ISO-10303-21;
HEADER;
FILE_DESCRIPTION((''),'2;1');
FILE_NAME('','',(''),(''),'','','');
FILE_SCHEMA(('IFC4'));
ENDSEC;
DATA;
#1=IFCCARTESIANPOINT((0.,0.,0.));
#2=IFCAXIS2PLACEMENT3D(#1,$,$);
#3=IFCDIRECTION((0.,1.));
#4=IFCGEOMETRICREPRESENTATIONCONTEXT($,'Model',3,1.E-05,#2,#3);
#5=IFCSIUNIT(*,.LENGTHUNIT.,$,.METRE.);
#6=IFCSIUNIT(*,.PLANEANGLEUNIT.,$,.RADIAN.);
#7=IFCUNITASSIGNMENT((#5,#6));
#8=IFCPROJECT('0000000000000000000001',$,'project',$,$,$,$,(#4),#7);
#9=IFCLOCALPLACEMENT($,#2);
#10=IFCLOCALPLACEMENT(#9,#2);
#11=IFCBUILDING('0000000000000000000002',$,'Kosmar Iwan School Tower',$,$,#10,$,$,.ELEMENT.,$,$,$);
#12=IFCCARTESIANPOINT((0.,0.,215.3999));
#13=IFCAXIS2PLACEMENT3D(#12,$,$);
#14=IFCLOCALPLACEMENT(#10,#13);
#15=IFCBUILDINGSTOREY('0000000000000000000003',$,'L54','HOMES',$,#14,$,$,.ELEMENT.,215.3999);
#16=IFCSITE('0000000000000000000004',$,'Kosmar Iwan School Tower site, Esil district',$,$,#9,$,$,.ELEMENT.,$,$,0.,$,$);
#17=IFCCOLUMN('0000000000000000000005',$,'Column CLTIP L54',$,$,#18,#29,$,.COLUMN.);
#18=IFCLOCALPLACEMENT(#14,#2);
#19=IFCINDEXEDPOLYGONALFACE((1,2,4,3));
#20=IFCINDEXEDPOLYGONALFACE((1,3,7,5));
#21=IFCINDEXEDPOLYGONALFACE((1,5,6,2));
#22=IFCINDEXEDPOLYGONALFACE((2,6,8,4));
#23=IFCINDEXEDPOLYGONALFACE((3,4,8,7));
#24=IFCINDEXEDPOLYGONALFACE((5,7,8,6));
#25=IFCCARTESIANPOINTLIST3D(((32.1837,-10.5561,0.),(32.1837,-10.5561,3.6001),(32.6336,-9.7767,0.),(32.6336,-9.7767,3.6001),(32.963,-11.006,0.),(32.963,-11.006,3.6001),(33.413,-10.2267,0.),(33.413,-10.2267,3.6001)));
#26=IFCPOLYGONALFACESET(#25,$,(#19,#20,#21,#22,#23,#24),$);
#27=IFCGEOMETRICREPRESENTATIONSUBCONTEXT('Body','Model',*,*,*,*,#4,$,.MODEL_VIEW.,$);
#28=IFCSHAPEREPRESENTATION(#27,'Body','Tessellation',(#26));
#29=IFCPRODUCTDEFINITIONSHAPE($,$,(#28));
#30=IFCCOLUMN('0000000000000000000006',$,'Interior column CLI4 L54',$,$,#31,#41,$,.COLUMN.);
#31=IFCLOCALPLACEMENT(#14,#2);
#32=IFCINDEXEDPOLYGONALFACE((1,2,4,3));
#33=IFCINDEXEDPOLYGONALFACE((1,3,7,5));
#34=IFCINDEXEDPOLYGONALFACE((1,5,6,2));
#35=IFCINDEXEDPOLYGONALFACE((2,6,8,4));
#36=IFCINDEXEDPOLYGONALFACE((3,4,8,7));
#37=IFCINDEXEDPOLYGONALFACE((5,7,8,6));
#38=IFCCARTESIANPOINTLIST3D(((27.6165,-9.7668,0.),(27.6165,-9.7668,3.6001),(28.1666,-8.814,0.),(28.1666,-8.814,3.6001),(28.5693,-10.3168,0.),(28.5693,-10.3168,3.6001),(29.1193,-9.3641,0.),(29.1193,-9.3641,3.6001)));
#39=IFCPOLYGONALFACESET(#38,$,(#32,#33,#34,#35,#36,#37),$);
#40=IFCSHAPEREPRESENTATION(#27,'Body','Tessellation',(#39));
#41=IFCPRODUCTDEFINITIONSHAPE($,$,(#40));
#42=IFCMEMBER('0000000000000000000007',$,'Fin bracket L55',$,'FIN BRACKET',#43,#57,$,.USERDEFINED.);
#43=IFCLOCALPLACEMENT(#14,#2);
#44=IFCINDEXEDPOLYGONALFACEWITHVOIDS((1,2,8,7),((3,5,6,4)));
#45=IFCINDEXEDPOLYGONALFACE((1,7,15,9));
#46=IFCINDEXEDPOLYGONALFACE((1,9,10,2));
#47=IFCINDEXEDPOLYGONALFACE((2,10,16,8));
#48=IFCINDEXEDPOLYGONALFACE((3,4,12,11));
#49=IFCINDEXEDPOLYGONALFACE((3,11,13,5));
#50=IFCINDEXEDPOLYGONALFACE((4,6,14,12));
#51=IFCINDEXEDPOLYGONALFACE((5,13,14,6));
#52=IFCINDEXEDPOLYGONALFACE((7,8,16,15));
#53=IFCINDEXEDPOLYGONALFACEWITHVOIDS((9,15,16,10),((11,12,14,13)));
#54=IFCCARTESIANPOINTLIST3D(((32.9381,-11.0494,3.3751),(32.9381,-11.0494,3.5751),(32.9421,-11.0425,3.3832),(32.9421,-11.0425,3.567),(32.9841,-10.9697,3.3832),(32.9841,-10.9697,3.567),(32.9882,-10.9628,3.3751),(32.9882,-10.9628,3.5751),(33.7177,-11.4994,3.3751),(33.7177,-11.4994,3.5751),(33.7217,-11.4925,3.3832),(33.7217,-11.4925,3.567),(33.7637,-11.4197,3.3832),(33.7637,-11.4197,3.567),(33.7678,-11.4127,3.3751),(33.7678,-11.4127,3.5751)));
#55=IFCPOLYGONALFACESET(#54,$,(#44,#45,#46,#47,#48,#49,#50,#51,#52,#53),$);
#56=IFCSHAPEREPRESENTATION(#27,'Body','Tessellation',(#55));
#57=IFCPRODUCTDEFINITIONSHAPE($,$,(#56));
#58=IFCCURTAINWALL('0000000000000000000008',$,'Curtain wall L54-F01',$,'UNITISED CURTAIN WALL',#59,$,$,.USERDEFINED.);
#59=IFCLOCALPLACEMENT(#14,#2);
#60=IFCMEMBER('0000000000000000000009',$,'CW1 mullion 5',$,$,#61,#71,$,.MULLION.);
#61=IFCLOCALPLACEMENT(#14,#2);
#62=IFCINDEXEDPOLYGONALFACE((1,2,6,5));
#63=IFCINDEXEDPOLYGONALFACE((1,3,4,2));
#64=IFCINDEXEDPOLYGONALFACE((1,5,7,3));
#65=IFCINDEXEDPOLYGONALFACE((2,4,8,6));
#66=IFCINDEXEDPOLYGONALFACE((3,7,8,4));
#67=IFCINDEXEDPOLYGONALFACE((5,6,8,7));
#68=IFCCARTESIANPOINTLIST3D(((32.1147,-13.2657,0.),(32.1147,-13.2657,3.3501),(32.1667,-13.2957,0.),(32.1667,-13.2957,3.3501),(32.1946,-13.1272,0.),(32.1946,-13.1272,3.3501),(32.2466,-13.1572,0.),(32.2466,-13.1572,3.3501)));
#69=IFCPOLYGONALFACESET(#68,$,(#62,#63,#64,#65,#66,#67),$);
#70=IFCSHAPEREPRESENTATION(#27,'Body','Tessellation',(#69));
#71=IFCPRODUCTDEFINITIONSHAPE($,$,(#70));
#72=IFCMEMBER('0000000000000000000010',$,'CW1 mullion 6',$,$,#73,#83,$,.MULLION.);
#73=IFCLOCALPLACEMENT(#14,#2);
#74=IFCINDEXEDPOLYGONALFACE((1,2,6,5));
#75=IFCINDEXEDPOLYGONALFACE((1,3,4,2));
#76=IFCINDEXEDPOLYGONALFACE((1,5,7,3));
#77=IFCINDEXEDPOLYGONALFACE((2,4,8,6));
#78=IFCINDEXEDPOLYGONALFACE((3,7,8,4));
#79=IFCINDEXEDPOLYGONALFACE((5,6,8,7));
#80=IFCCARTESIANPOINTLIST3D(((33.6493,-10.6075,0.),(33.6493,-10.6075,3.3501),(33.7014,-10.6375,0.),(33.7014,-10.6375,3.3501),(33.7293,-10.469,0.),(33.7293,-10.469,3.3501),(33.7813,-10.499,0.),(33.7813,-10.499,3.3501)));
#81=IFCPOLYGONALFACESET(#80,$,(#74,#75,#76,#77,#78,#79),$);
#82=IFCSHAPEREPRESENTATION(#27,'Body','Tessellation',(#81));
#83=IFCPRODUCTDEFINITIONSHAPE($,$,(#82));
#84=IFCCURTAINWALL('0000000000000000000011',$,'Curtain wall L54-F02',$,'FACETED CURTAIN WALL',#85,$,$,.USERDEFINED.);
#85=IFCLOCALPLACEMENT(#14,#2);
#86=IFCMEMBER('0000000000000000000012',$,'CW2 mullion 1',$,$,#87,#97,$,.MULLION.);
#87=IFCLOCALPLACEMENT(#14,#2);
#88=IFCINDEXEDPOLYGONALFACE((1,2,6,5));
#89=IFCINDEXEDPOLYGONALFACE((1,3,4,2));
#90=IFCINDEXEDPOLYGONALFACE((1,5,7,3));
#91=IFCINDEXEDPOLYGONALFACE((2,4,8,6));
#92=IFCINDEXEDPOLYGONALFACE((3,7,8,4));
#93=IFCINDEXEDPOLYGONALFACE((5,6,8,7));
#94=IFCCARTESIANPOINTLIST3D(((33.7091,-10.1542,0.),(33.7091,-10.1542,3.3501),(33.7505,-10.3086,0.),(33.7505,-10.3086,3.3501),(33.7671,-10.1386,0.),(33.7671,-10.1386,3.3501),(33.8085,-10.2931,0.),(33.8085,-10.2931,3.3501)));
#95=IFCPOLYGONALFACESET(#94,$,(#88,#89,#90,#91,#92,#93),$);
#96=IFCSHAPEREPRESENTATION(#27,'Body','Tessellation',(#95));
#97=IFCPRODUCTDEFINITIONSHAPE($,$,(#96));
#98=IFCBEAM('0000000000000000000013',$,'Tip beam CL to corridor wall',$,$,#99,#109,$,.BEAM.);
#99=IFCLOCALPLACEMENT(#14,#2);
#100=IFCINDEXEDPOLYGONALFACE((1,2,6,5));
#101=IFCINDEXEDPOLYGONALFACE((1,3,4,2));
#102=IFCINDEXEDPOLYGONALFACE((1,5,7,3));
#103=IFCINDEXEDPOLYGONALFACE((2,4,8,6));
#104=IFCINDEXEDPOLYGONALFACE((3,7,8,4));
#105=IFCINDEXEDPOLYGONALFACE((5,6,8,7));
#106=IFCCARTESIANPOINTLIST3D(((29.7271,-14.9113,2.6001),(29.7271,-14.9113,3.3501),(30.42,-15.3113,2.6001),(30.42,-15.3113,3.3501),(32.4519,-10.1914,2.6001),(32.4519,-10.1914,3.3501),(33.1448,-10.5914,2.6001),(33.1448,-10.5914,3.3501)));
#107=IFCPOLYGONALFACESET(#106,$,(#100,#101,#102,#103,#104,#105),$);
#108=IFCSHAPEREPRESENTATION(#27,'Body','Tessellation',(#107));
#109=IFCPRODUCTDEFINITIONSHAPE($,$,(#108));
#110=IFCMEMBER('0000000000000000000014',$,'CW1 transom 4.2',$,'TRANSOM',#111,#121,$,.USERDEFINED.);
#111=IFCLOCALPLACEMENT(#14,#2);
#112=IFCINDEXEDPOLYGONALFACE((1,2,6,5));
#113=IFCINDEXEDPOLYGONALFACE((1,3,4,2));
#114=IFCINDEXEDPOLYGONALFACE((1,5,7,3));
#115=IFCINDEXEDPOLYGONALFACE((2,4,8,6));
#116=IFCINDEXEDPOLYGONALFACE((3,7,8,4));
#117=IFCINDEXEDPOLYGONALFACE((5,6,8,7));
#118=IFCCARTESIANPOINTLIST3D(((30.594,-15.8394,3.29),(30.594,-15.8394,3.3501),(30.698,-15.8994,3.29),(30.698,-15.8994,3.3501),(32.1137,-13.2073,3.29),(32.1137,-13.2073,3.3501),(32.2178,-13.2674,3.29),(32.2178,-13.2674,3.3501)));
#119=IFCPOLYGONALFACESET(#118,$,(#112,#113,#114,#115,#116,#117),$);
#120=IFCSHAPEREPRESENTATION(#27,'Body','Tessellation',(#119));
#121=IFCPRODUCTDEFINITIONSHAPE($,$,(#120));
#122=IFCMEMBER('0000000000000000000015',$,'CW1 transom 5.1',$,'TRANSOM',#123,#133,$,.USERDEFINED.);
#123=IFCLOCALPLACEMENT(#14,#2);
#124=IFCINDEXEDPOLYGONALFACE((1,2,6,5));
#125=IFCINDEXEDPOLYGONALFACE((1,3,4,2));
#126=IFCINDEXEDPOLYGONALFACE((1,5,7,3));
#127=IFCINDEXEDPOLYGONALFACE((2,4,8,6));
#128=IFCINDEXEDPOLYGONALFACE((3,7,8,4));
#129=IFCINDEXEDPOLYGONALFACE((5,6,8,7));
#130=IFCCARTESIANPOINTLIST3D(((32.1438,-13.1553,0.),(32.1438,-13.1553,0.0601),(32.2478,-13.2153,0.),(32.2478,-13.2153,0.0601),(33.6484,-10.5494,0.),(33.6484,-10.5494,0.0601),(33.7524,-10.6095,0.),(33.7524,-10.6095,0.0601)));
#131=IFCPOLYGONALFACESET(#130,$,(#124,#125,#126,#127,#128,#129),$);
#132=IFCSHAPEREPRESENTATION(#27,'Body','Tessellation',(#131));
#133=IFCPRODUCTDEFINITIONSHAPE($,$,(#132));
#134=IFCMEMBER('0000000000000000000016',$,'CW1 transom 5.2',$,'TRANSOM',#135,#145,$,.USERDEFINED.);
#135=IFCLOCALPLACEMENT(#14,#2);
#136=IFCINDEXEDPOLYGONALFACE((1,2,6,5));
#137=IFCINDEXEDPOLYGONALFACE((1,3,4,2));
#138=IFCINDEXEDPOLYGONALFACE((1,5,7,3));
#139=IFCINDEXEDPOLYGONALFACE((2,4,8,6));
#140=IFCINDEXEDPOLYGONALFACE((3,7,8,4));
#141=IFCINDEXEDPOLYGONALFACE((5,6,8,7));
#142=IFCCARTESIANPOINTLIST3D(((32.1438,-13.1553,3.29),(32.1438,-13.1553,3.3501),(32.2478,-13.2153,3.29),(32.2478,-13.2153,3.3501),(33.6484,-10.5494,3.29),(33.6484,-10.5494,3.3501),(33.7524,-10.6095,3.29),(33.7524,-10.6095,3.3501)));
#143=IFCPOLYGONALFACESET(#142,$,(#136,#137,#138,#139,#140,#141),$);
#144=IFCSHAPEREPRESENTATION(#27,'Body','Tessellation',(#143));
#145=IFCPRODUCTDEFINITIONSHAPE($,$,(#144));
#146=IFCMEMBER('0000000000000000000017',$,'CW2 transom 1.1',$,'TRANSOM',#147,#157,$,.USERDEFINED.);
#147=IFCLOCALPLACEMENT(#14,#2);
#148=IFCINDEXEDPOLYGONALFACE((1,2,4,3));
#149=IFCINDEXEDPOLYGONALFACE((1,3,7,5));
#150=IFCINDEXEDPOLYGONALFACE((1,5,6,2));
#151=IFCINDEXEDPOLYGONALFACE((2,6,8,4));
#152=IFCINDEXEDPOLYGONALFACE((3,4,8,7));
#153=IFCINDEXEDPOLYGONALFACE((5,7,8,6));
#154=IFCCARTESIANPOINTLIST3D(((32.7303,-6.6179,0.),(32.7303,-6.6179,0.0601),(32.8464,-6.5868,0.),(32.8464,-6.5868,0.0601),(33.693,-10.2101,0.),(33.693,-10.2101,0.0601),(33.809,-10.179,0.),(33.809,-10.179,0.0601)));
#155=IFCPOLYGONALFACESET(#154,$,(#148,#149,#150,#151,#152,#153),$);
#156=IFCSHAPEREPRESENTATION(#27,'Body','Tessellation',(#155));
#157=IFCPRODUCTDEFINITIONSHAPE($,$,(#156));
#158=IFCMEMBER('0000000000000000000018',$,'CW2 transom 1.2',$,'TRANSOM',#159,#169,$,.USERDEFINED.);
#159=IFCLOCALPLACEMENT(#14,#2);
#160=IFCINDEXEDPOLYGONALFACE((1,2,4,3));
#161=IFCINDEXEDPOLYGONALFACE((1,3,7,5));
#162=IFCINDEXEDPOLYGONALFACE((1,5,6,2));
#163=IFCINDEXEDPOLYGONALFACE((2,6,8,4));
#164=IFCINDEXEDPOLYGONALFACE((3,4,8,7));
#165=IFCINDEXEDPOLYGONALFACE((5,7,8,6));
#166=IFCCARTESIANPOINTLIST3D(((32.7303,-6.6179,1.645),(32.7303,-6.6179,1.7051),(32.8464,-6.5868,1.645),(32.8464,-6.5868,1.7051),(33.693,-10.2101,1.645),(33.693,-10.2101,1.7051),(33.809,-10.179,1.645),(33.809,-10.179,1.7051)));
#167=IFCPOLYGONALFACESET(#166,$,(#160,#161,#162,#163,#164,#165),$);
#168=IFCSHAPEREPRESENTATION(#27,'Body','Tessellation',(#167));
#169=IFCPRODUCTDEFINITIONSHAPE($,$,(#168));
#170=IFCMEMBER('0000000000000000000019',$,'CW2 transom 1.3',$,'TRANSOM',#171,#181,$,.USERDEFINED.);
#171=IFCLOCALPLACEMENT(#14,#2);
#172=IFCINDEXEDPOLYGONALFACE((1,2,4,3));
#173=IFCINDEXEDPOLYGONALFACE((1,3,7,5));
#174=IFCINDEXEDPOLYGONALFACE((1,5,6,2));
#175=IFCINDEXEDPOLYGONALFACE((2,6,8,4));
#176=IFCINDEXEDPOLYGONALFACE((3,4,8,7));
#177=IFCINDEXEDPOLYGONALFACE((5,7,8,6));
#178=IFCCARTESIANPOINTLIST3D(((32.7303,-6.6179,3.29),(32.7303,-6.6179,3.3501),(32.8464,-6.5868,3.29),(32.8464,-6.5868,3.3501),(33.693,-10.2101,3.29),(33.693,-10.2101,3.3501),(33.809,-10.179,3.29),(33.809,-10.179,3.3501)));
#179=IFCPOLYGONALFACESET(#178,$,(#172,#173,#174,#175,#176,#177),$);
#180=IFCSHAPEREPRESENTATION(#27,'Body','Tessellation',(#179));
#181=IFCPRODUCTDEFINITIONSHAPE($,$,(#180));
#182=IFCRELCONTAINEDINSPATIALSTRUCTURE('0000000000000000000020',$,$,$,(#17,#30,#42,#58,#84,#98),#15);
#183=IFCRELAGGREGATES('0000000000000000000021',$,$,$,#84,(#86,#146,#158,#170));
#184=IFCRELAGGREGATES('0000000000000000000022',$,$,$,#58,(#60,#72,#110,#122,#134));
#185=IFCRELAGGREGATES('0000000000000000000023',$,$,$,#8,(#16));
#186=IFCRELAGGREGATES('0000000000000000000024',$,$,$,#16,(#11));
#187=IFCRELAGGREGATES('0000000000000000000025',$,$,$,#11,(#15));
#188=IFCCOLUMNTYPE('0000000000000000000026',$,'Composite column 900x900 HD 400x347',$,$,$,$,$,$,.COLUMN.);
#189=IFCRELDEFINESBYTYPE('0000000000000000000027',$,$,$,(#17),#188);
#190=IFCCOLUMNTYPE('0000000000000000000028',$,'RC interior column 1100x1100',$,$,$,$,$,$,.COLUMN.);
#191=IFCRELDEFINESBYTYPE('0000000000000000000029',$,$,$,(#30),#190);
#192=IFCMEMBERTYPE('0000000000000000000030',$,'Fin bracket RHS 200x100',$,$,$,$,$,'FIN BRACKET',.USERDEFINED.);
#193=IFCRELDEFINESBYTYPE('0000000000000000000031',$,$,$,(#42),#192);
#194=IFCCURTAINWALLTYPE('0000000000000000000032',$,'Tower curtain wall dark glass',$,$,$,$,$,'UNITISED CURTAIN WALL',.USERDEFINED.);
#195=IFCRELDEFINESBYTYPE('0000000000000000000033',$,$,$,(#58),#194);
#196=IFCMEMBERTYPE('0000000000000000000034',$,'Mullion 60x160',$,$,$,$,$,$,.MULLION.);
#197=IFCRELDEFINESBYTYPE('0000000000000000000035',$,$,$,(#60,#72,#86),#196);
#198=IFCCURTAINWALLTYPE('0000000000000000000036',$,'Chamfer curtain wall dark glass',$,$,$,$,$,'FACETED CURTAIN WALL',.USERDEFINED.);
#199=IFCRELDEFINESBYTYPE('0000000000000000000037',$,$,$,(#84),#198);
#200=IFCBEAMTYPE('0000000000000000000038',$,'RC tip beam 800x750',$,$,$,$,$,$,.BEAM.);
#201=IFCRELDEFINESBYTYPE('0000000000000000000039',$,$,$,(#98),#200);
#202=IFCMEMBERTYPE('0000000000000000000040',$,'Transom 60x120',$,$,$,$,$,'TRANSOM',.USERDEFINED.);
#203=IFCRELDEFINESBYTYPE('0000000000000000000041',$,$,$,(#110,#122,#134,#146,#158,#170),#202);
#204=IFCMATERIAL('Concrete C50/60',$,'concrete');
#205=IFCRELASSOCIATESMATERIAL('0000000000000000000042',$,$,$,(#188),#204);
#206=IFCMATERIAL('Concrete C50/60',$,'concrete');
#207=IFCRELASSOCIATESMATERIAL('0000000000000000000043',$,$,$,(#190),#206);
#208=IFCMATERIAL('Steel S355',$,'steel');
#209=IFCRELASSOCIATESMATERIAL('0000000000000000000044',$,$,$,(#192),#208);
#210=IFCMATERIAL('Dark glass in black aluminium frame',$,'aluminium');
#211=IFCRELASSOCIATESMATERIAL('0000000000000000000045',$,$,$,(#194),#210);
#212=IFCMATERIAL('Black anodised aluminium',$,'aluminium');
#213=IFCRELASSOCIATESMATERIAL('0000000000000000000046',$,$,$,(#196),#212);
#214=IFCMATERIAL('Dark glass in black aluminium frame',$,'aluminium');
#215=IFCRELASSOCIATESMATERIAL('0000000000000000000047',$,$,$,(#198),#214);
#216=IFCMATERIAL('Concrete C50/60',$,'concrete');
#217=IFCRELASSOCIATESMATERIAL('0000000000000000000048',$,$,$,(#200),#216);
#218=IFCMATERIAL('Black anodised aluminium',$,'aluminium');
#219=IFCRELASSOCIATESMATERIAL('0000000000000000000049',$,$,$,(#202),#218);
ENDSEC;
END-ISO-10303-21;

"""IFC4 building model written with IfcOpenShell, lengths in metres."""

from ifc_helpers import new_model, si_unit, direction, frame, origin, origin_2d, place, context, subcontext, project, spatial, rectangle, hollow_rectangle, extrude, material, material_profile, profile_set, type_object, element, aggregate, save


model = new_model("IFC4")

# Units and contexts
model_context = context("Model", 3, precision=1e-05, world=origin(), true_north=direction((0.0, 1.0)))
body_context = subcontext(model_context, "Body", "Model", "MODEL_VIEW")
ifc_project = project(units=[si_unit("LENGTHUNIT", "METRE"), si_unit("PLANEANGLEUNIT", "RADIAN")], contexts=[model_context])

# Site, building, storey
site_placement = place(None, origin())
site = spatial("IfcSite", under=ifc_project, at=site_placement, Name="Kosmar Iwan School Tower site, Esil district", CompositionType="ELEMENT", RefElevation=0.0)
building_placement = place(site_placement, origin())
building = spatial("IfcBuilding", under=site, at=building_placement, Name="Kosmar Iwan School Tower", CompositionType="ELEMENT")
storey_placement = place(building_placement, frame((0.0, 0.0, 215.3999)))
storey = spatial("IfcBuildingStorey", under=building, at=storey_placement, Name="L54", Description="HOMES", CompositionType="ELEMENT", Elevation=215.3999)

# Columns
ifc_material_1 = material(Name="Concrete C50/60", Category="concrete")
ifc_material_profile_1 = material_profile(ifc_material_1, rectangle(XDim=0.8999, YDim=0.8999, at=origin_2d()), Name="RC 900x900 + HD 400x347")
ifc_profile_set_1 = profile_set([ifc_material_profile_1], Name="Concrete C50/60")
column_type_1 = type_object("IfcColumnType", Name="Composite column 900x900 HD 400x347", PredefinedType="COLUMN", material=ifc_profile_set_1)
column_1_placement = place(storey_placement, frame((32.7983, -10.3914, 0.0), z_axis=(0.0, 0.0, 1.0), x_axis=(0.866025, -0.5, 0.0)))
element("IfcColumn", 1, at=column_1_placement, inside=storey, type_object=column_type_1, Name="Column CLTIP L54", PredefinedType="COLUMN", context=body_context, shape_type="SweptSolid", body=[
    extrude(rectangle(XDim=0.8999, YDim=0.8999, at=origin_2d()), origin(), (0.0, 0.0, 1.0), 3.6001),
])
ifc_material_2 = material(Name="Concrete C50/60", Category="concrete")
ifc_material_profile_2 = material_profile(ifc_material_2, rectangle(XDim=1.1001, YDim=1.1001, at=origin_2d()), Name="RC 1100x1100")
ifc_profile_set_2 = profile_set([ifc_material_profile_2], Name="Concrete C50/60")
column_type_2 = type_object("IfcColumnType", Name="RC interior column 1100x1100", PredefinedType="COLUMN", material=ifc_profile_set_2)
column_2_placement = place(storey_placement, frame((28.3679, -9.5654, 0.0), z_axis=(0.0, 0.0, 1.0), x_axis=(0.866025, -0.5, 0.0)))
element("IfcColumn", 2, at=column_2_placement, inside=storey, type_object=column_type_2, Name="Interior column CLI4 L54", PredefinedType="COLUMN", context=body_context, shape_type="SweptSolid", body=[
    extrude(rectangle(XDim=1.1001, YDim=1.1001, at=origin_2d()), origin(), (0.0, 0.0, 1.0), 3.6001),
])

# Member
ifc_material_3 = material(Name="Steel S355", Category="steel")
ifc_material_profile_3 = material_profile(ifc_material_3, hollow_rectangle(XDim=0.1001, YDim=0.2, WallThickness=0.0081, at=origin_2d()), Name="RHS 200x100x8")
ifc_profile_set_3 = profile_set([ifc_material_profile_3], Name="Steel S355")
member_type_1 = type_object("IfcMemberType", Name="Fin bracket RHS 200x100", ElementType="FIN BRACKET", PredefinedType="USERDEFINED", material=ifc_profile_set_3)
member_1_placement = place(storey_placement, frame((32.9631, -11.0061, 3.4751), z_axis=(0.866082, -0.499902, 0.0), x_axis=(0.499902, 0.866082, 0.0)))
element("IfcMember", 3, at=member_1_placement, inside=storey, type_object=member_type_1, Name="Fin bracket L55", ObjectType="FIN BRACKET", PredefinedType="USERDEFINED", context=body_context, shape_type="SweptSolid", body=[
    extrude(hollow_rectangle(XDim=0.1001, YDim=0.2, WallThickness=0.0081, at=origin_2d()), origin(), (0.0, 0.0, 1.0), 0.9001),
])

# Curtain wall, members
ifc_material_4 = material(Name="Dark glass in black aluminium frame", Category="aluminium")
curtain_wall_type_1 = type_object("IfcCurtainWallType", Name="Tower curtain wall dark glass", ElementType="UNITISED CURTAIN WALL", PredefinedType="USERDEFINED", material=ifc_material_4)
curtain_wall_1_placement = place(storey_placement, origin())
curtain_wall_1 = element("IfcCurtainWall", 4, at=curtain_wall_1_placement, inside=storey, type_object=curtain_wall_type_1, Name="Curtain wall L54-F01", ObjectType="UNITISED CURTAIN WALL", PredefinedType="USERDEFINED")
ifc_material_5 = material(Name="Black anodised aluminium", Category="aluminium")
ifc_material_profile_4 = material_profile(ifc_material_5, rectangle(XDim=0.0601, YDim=0.1599, at=origin_2d()), Name="MULLION 60x160")
ifc_profile_set_4 = profile_set([ifc_material_profile_4], Name="Black anodised aluminium")
member_type_2 = type_object("IfcMemberType", Name="Mullion 60x160", PredefinedType="MULLION", material=ifc_profile_set_4)
member_2_placement = place(storey_placement, frame((32.1807, -13.2114, 0.0), z_axis=(0.0, 0.0, 1.0), x_axis=(-0.866025, 0.5, 0.0)))
member_2 = element("IfcMember", 5, at=member_2_placement, type_object=member_type_2, Name="CW1 mullion 5", PredefinedType="MULLION", context=body_context, shape_type="SweptSolid", body=[
    extrude(rectangle(XDim=0.0601, YDim=0.1599, at=origin_2d()), origin(), (0.0, 0.0, 1.0), 3.3501),
])
member_3_placement = place(storey_placement, frame((33.7153, -10.5532, 0.0), z_axis=(0.0, 0.0, 1.0), x_axis=(-0.866025, 0.5, 0.0)))
member_3 = element("IfcMember", 6, at=member_3_placement, type_object=member_type_2, Name="CW1 mullion 6", PredefinedType="MULLION", context=body_context, shape_type="SweptSolid", body=[
    extrude(rectangle(XDim=0.0601, YDim=0.1599, at=origin_2d()), origin(), (0.0, 0.0, 1.0), 3.3501),
])

# Curtain wall, member
ifc_material_6 = material(Name="Dark glass in black aluminium frame", Category="aluminium")
curtain_wall_type_2 = type_object("IfcCurtainWallType", Name="Chamfer curtain wall dark glass", ElementType="FACETED CURTAIN WALL", PredefinedType="USERDEFINED", material=ifc_material_6)
curtain_wall_2_placement = place(storey_placement, origin())
curtain_wall_2 = element("IfcCurtainWall", 7, at=curtain_wall_2_placement, inside=storey, type_object=curtain_wall_type_2, Name="Curtain wall L54-F02", ObjectType="FACETED CURTAIN WALL", PredefinedType="USERDEFINED")
member_4_placement = place(storey_placement, frame((33.7588, -10.2236, 0.0), z_axis=(0.0, 0.0, 1.0), x_axis=(-0.965926, -0.258819, 0.0)))
member_4 = element("IfcMember", 8, at=member_4_placement, type_object=member_type_2, Name="CW2 mullion 1", PredefinedType="MULLION", context=body_context, shape_type="SweptSolid", body=[
    extrude(rectangle(XDim=0.0601, YDim=0.1599, at=origin_2d()), origin(), (0.0, 0.0, 1.0), 3.3501),
])

# Beam
ifc_material_7 = material(Name="Concrete C50/60", Category="concrete")
ifc_material_profile_5 = material_profile(ifc_material_7, rectangle(XDim=0.8, YDim=0.75, at=origin_2d()), Name="RC 800x750")
ifc_profile_set_5 = profile_set([ifc_material_profile_5], Name="Concrete C50/60")
beam_type = type_object("IfcBeamType", Name="RC tip beam 800x750", PredefinedType="BEAM", material=ifc_profile_set_5)
beam_placement = place(storey_placement, frame((32.7983, -10.3914, 2.9751), z_axis=(-0.499969, -0.866043, 0.0), x_axis=(0.866043, -0.499969, 0.0)))
element("IfcBeam", 9, at=beam_placement, inside=storey, type_object=beam_type, Name="Tip beam CL to corridor wall", PredefinedType="BEAM", context=body_context, shape_type="SweptSolid", body=[
    extrude(rectangle(XDim=0.8, YDim=0.75, at=origin_2d()), origin(), (0.0, 0.0, 1.0), 5.45),
])

# Members
ifc_material_8 = material(Name="Black anodised aluminium", Category="aluminium")
ifc_material_profile_6 = material_profile(ifc_material_8, rectangle(XDim=0.1201, YDim=0.0601, at=origin_2d()), Name="TRANSOM 60x120")
ifc_profile_set_6 = profile_set([ifc_material_profile_6], Name="Black anodised aluminium")
member_type_3 = type_object("IfcMemberType", Name="Transom 60x120", ElementType="TRANSOM", PredefinedType="USERDEFINED", material=ifc_profile_set_6)
member_5_placement = place(storey_placement, frame((30.646, -15.8694, 3.3201), z_axis=(0.500035, 0.866005, 0.0), x_axis=(-0.866005, 0.500035, 0.0)))
member_5 = element("IfcMember", 10, at=member_5_placement, type_object=member_type_3, Name="CW1 transom 4.2", ObjectType="TRANSOM", PredefinedType="USERDEFINED", context=body_context, shape_type="SweptSolid", body=[
    extrude(rectangle(XDim=0.1201, YDim=0.0601, at=origin_2d()), origin(), (0.0, 0.0, 1.0), 3.0393),
])
member_6_placement = place(storey_placement, frame((32.1958, -13.1853, 0.03), z_axis=(0.500022, 0.866013, 0.0), x_axis=(-0.866013, 0.500022, 0.0)))
member_6 = element("IfcMember", 11, at=member_6_placement, type_object=member_type_3, Name="CW1 transom 5.1", ObjectType="TRANSOM", PredefinedType="USERDEFINED", context=body_context, shape_type="SweptSolid", body=[
    extrude(rectangle(XDim=0.1201, YDim=0.0601, at=origin_2d()), origin(), (0.0, 0.0, 1.0), 3.009),
])
member_7_placement = place(storey_placement, frame((32.1958, -13.1853, 3.3201), z_axis=(0.500022, 0.866013, 0.0), x_axis=(-0.866013, 0.500022, 0.0)))
member_7 = element("IfcMember", 12, at=member_7_placement, type_object=member_type_3, Name="CW1 transom 5.2", ObjectType="TRANSOM", PredefinedType="USERDEFINED", context=body_context, shape_type="SweptSolid", body=[
    extrude(rectangle(XDim=0.1201, YDim=0.0601, at=origin_2d()), origin(), (0.0, 0.0, 1.0), 3.009),
])
member_8_placement = place(storey_placement, frame((33.751, -10.1946, 0.03), z_axis=(-0.258843, 0.965919, 0.0), x_axis=(-0.965919, -0.258843, 0.0)))
member_8 = element("IfcMember", 13, at=member_8_placement, type_object=member_type_3, Name="CW2 transom 1.1", ObjectType="TRANSOM", PredefinedType="USERDEFINED", context=body_context, shape_type="SweptSolid", body=[
    extrude(rectangle(XDim=0.1201, YDim=0.0601, at=origin_2d()), origin(), (0.0, 0.0, 1.0), 3.719),
])
member_9_placement = place(storey_placement, frame((33.751, -10.1946, 1.675), z_axis=(-0.258843, 0.965919, 0.0), x_axis=(-0.965919, -0.258843, 0.0)))
member_9 = element("IfcMember", 14, at=member_9_placement, type_object=member_type_3, Name="CW2 transom 1.2", ObjectType="TRANSOM", PredefinedType="USERDEFINED", context=body_context, shape_type="SweptSolid", body=[
    extrude(rectangle(XDim=0.1201, YDim=0.0601, at=origin_2d()), origin(), (0.0, 0.0, 1.0), 3.719),
])
member_10_placement = place(storey_placement, frame((33.751, -10.1946, 3.3201), z_axis=(-0.258843, 0.965919, 0.0), x_axis=(-0.965919, -0.258843, 0.0)))
member_10 = element("IfcMember", 15, at=member_10_placement, type_object=member_type_3, Name="CW2 transom 1.3", ObjectType="TRANSOM", PredefinedType="USERDEFINED", context=body_context, shape_type="SweptSolid", body=[
    extrude(rectangle(XDim=0.1201, YDim=0.0601, at=origin_2d()), origin(), (0.0, 0.0, 1.0), 3.719),
])
aggregate(curtain_wall_2, [member_4, member_8, member_9, member_10])

aggregate(curtain_wall_1, [member_2, member_3, member_5, member_6, member_7])

save(model, "model.ifc")
